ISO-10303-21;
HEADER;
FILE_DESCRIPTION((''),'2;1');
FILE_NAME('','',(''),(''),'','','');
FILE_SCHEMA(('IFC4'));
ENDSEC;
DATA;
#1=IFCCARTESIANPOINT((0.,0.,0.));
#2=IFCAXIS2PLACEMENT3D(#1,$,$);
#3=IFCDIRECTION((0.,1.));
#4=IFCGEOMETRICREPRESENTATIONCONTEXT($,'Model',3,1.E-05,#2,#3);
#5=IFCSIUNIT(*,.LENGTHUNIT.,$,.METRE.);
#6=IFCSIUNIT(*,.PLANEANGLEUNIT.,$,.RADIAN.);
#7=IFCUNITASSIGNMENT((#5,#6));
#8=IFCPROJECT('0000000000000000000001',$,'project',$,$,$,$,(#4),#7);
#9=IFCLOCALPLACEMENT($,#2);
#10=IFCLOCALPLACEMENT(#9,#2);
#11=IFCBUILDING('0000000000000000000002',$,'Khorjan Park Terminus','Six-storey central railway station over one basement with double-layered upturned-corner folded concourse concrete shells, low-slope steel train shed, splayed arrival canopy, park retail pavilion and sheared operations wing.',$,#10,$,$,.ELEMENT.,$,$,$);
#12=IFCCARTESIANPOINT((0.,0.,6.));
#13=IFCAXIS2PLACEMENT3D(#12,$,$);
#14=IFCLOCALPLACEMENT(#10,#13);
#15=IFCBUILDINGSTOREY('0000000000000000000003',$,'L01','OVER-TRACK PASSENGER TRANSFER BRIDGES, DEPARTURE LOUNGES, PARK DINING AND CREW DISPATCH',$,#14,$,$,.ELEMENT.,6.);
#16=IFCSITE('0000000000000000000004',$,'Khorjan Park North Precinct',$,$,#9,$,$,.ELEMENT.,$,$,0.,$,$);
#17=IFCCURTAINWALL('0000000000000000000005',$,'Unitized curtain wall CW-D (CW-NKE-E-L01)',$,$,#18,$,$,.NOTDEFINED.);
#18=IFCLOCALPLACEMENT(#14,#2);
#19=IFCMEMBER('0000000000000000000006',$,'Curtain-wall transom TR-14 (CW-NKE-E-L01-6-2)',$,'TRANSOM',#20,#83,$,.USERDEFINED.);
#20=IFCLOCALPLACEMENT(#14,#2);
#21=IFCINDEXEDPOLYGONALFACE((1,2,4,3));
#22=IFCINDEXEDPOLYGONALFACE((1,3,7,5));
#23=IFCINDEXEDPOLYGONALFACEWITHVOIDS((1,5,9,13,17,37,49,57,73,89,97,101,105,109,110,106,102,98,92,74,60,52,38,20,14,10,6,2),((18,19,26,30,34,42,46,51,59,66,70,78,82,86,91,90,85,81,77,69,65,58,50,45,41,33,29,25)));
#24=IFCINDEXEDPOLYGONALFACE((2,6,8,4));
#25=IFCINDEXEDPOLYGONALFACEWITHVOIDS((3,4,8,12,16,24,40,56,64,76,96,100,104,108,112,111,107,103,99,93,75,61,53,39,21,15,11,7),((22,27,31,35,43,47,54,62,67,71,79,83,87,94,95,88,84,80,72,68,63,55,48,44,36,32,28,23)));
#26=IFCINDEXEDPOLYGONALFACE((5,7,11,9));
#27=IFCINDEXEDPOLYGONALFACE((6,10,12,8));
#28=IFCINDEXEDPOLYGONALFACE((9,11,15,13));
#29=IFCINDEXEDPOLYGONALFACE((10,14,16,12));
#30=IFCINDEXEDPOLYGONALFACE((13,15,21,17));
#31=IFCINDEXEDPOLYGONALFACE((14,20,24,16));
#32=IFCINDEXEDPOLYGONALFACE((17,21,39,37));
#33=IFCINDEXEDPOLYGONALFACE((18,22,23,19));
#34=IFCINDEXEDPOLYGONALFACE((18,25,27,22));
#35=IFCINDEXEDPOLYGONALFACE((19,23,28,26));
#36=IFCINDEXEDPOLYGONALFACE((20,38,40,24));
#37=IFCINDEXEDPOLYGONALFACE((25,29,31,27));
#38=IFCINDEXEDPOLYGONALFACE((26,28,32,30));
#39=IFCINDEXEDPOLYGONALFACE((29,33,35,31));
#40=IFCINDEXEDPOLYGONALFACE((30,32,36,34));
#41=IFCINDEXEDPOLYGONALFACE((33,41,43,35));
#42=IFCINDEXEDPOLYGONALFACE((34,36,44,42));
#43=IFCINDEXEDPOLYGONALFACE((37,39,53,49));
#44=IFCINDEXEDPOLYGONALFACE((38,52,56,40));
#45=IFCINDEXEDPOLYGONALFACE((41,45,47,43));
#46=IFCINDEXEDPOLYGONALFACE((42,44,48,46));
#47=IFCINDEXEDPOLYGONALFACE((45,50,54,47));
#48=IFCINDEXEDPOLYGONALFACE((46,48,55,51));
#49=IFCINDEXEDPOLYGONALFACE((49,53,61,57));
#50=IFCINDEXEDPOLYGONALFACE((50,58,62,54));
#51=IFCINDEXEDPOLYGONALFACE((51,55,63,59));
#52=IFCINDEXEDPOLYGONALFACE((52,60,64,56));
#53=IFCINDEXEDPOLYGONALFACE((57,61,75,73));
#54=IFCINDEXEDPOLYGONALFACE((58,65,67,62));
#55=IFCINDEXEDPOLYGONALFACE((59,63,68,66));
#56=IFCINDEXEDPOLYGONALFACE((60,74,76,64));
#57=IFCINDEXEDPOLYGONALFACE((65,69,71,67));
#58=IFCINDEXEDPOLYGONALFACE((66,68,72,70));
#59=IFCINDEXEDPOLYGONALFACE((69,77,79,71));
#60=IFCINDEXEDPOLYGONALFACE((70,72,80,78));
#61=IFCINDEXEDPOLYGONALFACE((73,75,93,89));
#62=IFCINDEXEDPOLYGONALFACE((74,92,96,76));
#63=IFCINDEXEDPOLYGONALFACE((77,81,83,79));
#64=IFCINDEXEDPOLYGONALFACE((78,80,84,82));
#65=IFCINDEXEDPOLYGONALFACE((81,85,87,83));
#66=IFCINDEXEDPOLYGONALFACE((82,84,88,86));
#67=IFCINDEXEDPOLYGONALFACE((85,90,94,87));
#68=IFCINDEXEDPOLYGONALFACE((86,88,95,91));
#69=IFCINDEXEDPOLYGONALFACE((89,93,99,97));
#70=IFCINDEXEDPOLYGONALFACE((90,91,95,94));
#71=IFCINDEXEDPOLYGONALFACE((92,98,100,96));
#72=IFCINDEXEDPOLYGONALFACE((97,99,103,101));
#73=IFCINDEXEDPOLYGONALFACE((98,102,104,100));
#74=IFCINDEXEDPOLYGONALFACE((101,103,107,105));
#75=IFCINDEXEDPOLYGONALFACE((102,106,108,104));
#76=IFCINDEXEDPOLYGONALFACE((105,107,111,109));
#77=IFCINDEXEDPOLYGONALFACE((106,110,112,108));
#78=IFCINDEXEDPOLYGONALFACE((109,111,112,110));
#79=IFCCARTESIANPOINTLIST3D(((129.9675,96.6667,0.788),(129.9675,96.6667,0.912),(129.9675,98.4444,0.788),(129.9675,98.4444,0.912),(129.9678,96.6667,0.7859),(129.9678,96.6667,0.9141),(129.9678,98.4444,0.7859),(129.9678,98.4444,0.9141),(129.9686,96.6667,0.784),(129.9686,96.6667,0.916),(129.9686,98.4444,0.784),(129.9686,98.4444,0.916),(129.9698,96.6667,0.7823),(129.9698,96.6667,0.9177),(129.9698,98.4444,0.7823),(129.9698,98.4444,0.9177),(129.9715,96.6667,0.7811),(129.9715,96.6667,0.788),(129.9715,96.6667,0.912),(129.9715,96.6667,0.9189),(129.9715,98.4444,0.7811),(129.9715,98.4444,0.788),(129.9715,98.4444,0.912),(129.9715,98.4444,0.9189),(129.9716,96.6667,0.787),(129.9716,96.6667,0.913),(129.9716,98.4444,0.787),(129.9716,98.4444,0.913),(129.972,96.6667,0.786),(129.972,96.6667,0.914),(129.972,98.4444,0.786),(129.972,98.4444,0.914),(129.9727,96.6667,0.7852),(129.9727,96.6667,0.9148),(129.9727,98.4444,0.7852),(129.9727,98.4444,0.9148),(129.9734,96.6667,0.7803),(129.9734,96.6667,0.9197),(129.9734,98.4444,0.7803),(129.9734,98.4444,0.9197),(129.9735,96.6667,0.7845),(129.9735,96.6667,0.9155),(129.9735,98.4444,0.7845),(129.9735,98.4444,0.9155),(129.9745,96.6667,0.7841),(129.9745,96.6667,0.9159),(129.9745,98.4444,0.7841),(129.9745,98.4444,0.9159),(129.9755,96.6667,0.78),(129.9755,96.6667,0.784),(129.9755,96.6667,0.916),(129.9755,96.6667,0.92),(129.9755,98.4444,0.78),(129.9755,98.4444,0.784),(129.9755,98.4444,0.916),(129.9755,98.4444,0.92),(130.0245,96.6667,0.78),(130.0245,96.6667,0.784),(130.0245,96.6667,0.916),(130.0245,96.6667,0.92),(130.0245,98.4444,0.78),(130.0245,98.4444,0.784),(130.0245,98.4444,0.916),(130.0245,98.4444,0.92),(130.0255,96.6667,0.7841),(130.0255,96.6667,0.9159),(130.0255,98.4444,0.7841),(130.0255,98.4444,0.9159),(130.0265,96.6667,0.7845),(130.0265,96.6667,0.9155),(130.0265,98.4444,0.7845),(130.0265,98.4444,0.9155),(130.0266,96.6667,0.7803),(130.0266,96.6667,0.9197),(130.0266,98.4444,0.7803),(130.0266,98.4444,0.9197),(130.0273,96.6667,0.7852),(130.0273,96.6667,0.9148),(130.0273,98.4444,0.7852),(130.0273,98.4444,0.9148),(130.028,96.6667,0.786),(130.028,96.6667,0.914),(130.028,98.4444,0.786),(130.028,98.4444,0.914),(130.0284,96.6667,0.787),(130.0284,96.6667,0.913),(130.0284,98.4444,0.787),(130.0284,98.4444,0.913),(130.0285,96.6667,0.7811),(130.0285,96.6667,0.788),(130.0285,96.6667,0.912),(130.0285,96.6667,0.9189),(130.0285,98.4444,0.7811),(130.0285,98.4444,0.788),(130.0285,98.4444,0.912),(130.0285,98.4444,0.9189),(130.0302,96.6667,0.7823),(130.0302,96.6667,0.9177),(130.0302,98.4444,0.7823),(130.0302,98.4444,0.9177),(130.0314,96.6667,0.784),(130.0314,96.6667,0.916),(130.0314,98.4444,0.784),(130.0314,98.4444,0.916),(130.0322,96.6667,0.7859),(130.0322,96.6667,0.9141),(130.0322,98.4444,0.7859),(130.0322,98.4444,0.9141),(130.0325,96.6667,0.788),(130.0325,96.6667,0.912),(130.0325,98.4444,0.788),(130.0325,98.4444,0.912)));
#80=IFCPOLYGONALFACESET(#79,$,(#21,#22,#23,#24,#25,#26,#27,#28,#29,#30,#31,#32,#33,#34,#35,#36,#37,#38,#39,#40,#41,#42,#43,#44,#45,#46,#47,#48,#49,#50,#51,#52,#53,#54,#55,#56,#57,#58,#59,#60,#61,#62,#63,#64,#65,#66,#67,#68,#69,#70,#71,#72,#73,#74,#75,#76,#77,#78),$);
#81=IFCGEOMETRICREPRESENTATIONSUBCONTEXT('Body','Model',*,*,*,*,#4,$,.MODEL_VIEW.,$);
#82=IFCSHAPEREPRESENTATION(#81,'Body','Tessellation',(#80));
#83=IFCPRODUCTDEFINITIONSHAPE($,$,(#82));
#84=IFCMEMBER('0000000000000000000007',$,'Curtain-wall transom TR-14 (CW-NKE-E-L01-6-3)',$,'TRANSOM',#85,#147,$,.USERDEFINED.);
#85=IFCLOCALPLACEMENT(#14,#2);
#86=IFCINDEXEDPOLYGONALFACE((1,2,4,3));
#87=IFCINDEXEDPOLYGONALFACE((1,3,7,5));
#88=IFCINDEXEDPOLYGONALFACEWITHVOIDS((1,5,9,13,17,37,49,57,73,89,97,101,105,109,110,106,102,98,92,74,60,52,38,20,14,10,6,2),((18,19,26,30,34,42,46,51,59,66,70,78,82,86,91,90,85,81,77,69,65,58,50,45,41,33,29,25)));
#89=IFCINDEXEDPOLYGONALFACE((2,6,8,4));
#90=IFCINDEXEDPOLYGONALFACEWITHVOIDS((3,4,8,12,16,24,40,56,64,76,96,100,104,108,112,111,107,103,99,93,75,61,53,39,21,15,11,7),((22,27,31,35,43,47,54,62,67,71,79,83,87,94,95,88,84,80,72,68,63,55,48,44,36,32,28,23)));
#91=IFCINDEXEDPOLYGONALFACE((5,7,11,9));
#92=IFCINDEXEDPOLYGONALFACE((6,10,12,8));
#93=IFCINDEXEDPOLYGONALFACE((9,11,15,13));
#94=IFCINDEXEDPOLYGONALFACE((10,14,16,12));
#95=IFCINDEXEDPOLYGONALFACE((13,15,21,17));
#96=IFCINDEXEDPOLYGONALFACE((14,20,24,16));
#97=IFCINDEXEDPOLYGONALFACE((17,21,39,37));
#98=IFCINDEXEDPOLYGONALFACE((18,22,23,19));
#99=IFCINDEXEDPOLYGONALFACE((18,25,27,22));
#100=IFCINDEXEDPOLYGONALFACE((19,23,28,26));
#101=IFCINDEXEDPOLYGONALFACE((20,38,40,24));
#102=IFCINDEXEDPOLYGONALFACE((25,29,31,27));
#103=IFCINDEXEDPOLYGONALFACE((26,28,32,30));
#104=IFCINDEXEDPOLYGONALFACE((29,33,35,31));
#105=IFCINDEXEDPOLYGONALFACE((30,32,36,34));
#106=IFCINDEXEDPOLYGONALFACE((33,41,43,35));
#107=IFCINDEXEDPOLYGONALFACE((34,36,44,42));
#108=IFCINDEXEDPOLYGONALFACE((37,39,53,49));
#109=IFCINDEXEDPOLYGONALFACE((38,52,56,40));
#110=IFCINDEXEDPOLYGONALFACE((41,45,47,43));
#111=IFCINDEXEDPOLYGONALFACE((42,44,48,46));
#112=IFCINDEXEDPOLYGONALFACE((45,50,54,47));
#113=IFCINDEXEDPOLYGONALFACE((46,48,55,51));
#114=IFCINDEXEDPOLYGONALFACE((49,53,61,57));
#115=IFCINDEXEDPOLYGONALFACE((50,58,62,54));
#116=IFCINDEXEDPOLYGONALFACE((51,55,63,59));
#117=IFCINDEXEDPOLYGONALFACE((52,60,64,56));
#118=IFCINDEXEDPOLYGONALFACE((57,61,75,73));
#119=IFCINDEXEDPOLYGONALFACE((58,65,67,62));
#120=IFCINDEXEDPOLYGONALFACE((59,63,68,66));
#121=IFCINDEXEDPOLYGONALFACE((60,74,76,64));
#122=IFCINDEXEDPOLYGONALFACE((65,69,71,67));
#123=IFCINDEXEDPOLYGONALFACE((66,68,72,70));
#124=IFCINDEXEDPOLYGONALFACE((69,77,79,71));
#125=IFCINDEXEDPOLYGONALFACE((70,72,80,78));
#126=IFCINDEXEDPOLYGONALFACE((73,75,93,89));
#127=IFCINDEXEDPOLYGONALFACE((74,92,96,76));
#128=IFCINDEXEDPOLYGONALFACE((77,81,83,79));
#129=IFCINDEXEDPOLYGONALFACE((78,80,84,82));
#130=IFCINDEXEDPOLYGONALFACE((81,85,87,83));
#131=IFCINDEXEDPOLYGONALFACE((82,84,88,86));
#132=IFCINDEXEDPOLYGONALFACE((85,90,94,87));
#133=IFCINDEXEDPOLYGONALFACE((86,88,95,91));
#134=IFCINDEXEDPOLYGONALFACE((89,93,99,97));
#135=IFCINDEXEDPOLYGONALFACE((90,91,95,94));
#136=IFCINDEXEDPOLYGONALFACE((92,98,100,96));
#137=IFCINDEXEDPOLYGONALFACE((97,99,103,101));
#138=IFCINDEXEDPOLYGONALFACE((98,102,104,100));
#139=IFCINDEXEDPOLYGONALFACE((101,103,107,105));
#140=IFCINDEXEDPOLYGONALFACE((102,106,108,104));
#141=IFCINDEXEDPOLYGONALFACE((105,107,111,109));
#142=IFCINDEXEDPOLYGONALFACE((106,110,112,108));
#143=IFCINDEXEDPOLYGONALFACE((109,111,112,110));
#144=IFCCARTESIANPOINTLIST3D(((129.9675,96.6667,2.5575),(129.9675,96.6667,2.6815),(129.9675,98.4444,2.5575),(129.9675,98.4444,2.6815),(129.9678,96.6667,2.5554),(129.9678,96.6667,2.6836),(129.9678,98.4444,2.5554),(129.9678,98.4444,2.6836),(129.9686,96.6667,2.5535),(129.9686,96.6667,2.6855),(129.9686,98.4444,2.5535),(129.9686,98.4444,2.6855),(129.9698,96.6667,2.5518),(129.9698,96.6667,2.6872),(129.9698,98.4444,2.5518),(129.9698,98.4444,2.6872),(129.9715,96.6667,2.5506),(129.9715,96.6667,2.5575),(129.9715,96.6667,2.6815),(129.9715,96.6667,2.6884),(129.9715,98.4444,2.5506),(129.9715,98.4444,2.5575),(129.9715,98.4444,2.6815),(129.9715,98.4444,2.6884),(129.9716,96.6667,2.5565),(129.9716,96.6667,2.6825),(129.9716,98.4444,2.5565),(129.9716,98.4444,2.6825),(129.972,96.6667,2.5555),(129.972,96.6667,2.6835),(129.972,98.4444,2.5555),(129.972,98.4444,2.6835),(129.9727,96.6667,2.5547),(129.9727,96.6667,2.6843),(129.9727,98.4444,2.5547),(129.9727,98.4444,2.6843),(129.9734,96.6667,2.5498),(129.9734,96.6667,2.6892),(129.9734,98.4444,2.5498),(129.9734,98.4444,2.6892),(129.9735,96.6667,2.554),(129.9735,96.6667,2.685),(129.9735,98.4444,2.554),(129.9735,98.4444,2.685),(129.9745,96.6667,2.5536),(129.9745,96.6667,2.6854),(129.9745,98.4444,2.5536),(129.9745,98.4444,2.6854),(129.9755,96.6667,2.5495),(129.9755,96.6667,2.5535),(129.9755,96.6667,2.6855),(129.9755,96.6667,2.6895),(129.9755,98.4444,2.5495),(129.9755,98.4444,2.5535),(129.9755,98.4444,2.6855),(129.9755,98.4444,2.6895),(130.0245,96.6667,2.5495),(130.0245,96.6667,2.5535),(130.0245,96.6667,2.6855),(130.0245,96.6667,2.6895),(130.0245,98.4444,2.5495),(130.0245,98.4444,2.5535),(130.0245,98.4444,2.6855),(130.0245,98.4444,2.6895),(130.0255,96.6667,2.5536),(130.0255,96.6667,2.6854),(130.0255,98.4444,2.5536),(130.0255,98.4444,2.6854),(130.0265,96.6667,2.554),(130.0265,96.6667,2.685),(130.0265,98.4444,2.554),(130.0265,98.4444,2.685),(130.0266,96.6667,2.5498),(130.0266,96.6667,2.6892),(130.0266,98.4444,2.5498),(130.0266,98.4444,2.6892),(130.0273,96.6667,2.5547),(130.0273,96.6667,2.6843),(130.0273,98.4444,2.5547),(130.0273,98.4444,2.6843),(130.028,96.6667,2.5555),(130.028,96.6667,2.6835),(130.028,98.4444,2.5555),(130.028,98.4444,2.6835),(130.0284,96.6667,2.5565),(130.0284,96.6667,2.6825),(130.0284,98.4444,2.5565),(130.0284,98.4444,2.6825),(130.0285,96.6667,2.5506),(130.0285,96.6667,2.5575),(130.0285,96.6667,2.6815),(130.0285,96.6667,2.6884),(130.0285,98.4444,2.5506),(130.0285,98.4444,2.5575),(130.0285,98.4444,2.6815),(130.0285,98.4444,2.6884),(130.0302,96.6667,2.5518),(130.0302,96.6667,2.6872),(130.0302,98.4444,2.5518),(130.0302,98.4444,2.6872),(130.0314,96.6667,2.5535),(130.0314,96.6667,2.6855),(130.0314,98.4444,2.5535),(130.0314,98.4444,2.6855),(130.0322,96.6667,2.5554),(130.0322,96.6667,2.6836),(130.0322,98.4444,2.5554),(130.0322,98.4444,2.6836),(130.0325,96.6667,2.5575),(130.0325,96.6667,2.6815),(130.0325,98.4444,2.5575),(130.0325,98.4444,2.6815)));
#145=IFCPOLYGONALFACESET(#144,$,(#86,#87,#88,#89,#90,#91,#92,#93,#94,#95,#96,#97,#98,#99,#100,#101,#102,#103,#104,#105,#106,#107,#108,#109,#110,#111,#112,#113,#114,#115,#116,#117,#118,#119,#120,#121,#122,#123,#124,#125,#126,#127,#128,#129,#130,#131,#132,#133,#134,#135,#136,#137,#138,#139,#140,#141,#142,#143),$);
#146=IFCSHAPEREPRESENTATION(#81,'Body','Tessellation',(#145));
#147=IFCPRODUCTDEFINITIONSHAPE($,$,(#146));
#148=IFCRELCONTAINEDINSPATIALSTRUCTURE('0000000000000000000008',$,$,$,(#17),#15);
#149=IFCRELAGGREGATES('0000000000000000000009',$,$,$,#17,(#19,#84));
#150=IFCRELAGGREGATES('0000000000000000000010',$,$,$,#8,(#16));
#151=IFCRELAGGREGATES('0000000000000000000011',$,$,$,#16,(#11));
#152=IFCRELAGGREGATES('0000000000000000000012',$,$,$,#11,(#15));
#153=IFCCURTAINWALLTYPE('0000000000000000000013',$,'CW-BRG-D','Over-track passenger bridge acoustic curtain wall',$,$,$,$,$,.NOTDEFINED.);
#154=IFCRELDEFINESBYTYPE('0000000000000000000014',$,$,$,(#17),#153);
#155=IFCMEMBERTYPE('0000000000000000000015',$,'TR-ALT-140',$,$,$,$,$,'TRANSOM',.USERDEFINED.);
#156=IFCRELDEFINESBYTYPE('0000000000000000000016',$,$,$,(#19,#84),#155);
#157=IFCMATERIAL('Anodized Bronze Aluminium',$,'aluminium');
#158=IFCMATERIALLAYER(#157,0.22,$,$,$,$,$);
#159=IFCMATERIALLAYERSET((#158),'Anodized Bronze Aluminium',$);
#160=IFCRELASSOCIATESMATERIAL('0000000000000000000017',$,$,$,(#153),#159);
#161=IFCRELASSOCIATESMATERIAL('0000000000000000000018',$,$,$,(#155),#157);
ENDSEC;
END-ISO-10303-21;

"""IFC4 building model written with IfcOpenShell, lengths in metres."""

from ifc_helpers import new_model, si_unit, direction, frame, origin, origin_2d, place, context, subcontext, project, spatial, hollow_rectangle, extrude, material, layer, layer_set, material_profile, profile_set, type_object, element, aggregate, save


model = new_model("IFC4")

# Units and contexts
model_context = context("Model", 3, precision=1e-05, world=origin(), true_north=direction((0.0, 1.0)))
body_context = subcontext(model_context, "Body", "Model", "MODEL_VIEW")
ifc_project = project(units=[si_unit("LENGTHUNIT", "METRE"), si_unit("PLANEANGLEUNIT", "RADIAN")], contexts=[model_context])

# Site, building, storey
site_placement = place(None, origin())
site = spatial("IfcSite", under=ifc_project, at=site_placement, Name="Khorjan Park North Precinct", CompositionType="ELEMENT", RefElevation=0.0)
building_placement = place(site_placement, origin())
building = spatial("IfcBuilding", under=site, at=building_placement, Name="Khorjan Park Terminus", Description="Six-storey central railway station over one basement with double-layered upturned-corner folded concourse concrete shells, low-slope steel train shed, splayed arrival canopy, park retail pavilion and sheared operations wing.", CompositionType="ELEMENT")
storey_placement = place(building_placement, frame((0.0, 0.0, 6.0)))
storey = spatial("IfcBuildingStorey", under=building, at=storey_placement, Name="L01", Description="OVER-TRACK PASSENGER TRANSFER BRIDGES, DEPARTURE LOUNGES, PARK DINING AND CREW DISPATCH", CompositionType="ELEMENT", Elevation=6.0)

# Curtain wall, members
ifc_material_1 = material(Name="Anodized Bronze Aluminium", Category="aluminium")
ifc_layer_1 = layer(ifc_material_1, 0.22)
ifc_layer_set_1 = layer_set([ifc_layer_1], Name="Anodized Bronze Aluminium")
curtain_wall_type = type_object("IfcCurtainWallType", Name="CW-BRG-D", Description="Over-track passenger bridge acoustic curtain wall", PredefinedType="NOTDEFINED", material=ifc_layer_set_1)
curtain_wall_placement = place(storey_placement, origin())
curtain_wall = element("IfcCurtainWall", 1, at=curtain_wall_placement, inside=storey, type_object=curtain_wall_type, Name="Unitized curtain wall CW-D (CW-NKE-E-L01)", PredefinedType="NOTDEFINED")
ifc_material_profile_1 = material_profile(ifc_material_1, hollow_rectangle(XDim=0.065, YDim=0.14, WallThickness=0.004, InnerFilletRadius=0.004, OuterFilletRadius=0.008, at=origin_2d()), Name="ALT 65x140x4")
ifc_profile_set_1 = profile_set([ifc_material_profile_1], Name="Anodized Bronze Aluminium")
member_type_1 = type_object("IfcMemberType", Name="TR-ALT-140", ElementType="TRANSOM", PredefinedType="USERDEFINED", material=ifc_profile_set_1)
member_1_placement = place(storey_placement, frame((130.0, 96.6667, 0.85), z_axis=(0.0, 1.0, 0.0), x_axis=(-1.0, 0.0, 0.0)))
member_1 = element("IfcMember", 2, at=member_1_placement, type_object=member_type_1, Name="Curtain-wall transom TR-14 (CW-NKE-E-L01-6-2)", ObjectType="TRANSOM", PredefinedType="USERDEFINED", context=body_context, shape_type="SweptSolid", body=[
    extrude(hollow_rectangle(XDim=0.065, YDim=0.14, WallThickness=0.004, InnerFilletRadius=0.004, OuterFilletRadius=0.008, at=origin_2d()), origin(), (0.0, 0.0, 1.0), 1.7777),
])
member_2_placement = place(storey_placement, frame((130.0, 96.6667, 2.6195), z_axis=(0.0, 1.0, 0.0), x_axis=(-1.0, 0.0, 0.0)))
member_2 = element("IfcMember", 3, at=member_2_placement, type_object=member_type_1, Name="Curtain-wall transom TR-14 (CW-NKE-E-L01-6-3)", ObjectType="TRANSOM", PredefinedType="USERDEFINED", context=body_context, shape_type="SweptSolid", body=[
    extrude(hollow_rectangle(XDim=0.065, YDim=0.14, WallThickness=0.004, InnerFilletRadius=0.004, OuterFilletRadius=0.008, at=origin_2d()), origin(), (0.0, 0.0, 1.0), 1.7777),
])
aggregate(curtain_wall, [member_1, member_2])

save(model, "model.ifc")
